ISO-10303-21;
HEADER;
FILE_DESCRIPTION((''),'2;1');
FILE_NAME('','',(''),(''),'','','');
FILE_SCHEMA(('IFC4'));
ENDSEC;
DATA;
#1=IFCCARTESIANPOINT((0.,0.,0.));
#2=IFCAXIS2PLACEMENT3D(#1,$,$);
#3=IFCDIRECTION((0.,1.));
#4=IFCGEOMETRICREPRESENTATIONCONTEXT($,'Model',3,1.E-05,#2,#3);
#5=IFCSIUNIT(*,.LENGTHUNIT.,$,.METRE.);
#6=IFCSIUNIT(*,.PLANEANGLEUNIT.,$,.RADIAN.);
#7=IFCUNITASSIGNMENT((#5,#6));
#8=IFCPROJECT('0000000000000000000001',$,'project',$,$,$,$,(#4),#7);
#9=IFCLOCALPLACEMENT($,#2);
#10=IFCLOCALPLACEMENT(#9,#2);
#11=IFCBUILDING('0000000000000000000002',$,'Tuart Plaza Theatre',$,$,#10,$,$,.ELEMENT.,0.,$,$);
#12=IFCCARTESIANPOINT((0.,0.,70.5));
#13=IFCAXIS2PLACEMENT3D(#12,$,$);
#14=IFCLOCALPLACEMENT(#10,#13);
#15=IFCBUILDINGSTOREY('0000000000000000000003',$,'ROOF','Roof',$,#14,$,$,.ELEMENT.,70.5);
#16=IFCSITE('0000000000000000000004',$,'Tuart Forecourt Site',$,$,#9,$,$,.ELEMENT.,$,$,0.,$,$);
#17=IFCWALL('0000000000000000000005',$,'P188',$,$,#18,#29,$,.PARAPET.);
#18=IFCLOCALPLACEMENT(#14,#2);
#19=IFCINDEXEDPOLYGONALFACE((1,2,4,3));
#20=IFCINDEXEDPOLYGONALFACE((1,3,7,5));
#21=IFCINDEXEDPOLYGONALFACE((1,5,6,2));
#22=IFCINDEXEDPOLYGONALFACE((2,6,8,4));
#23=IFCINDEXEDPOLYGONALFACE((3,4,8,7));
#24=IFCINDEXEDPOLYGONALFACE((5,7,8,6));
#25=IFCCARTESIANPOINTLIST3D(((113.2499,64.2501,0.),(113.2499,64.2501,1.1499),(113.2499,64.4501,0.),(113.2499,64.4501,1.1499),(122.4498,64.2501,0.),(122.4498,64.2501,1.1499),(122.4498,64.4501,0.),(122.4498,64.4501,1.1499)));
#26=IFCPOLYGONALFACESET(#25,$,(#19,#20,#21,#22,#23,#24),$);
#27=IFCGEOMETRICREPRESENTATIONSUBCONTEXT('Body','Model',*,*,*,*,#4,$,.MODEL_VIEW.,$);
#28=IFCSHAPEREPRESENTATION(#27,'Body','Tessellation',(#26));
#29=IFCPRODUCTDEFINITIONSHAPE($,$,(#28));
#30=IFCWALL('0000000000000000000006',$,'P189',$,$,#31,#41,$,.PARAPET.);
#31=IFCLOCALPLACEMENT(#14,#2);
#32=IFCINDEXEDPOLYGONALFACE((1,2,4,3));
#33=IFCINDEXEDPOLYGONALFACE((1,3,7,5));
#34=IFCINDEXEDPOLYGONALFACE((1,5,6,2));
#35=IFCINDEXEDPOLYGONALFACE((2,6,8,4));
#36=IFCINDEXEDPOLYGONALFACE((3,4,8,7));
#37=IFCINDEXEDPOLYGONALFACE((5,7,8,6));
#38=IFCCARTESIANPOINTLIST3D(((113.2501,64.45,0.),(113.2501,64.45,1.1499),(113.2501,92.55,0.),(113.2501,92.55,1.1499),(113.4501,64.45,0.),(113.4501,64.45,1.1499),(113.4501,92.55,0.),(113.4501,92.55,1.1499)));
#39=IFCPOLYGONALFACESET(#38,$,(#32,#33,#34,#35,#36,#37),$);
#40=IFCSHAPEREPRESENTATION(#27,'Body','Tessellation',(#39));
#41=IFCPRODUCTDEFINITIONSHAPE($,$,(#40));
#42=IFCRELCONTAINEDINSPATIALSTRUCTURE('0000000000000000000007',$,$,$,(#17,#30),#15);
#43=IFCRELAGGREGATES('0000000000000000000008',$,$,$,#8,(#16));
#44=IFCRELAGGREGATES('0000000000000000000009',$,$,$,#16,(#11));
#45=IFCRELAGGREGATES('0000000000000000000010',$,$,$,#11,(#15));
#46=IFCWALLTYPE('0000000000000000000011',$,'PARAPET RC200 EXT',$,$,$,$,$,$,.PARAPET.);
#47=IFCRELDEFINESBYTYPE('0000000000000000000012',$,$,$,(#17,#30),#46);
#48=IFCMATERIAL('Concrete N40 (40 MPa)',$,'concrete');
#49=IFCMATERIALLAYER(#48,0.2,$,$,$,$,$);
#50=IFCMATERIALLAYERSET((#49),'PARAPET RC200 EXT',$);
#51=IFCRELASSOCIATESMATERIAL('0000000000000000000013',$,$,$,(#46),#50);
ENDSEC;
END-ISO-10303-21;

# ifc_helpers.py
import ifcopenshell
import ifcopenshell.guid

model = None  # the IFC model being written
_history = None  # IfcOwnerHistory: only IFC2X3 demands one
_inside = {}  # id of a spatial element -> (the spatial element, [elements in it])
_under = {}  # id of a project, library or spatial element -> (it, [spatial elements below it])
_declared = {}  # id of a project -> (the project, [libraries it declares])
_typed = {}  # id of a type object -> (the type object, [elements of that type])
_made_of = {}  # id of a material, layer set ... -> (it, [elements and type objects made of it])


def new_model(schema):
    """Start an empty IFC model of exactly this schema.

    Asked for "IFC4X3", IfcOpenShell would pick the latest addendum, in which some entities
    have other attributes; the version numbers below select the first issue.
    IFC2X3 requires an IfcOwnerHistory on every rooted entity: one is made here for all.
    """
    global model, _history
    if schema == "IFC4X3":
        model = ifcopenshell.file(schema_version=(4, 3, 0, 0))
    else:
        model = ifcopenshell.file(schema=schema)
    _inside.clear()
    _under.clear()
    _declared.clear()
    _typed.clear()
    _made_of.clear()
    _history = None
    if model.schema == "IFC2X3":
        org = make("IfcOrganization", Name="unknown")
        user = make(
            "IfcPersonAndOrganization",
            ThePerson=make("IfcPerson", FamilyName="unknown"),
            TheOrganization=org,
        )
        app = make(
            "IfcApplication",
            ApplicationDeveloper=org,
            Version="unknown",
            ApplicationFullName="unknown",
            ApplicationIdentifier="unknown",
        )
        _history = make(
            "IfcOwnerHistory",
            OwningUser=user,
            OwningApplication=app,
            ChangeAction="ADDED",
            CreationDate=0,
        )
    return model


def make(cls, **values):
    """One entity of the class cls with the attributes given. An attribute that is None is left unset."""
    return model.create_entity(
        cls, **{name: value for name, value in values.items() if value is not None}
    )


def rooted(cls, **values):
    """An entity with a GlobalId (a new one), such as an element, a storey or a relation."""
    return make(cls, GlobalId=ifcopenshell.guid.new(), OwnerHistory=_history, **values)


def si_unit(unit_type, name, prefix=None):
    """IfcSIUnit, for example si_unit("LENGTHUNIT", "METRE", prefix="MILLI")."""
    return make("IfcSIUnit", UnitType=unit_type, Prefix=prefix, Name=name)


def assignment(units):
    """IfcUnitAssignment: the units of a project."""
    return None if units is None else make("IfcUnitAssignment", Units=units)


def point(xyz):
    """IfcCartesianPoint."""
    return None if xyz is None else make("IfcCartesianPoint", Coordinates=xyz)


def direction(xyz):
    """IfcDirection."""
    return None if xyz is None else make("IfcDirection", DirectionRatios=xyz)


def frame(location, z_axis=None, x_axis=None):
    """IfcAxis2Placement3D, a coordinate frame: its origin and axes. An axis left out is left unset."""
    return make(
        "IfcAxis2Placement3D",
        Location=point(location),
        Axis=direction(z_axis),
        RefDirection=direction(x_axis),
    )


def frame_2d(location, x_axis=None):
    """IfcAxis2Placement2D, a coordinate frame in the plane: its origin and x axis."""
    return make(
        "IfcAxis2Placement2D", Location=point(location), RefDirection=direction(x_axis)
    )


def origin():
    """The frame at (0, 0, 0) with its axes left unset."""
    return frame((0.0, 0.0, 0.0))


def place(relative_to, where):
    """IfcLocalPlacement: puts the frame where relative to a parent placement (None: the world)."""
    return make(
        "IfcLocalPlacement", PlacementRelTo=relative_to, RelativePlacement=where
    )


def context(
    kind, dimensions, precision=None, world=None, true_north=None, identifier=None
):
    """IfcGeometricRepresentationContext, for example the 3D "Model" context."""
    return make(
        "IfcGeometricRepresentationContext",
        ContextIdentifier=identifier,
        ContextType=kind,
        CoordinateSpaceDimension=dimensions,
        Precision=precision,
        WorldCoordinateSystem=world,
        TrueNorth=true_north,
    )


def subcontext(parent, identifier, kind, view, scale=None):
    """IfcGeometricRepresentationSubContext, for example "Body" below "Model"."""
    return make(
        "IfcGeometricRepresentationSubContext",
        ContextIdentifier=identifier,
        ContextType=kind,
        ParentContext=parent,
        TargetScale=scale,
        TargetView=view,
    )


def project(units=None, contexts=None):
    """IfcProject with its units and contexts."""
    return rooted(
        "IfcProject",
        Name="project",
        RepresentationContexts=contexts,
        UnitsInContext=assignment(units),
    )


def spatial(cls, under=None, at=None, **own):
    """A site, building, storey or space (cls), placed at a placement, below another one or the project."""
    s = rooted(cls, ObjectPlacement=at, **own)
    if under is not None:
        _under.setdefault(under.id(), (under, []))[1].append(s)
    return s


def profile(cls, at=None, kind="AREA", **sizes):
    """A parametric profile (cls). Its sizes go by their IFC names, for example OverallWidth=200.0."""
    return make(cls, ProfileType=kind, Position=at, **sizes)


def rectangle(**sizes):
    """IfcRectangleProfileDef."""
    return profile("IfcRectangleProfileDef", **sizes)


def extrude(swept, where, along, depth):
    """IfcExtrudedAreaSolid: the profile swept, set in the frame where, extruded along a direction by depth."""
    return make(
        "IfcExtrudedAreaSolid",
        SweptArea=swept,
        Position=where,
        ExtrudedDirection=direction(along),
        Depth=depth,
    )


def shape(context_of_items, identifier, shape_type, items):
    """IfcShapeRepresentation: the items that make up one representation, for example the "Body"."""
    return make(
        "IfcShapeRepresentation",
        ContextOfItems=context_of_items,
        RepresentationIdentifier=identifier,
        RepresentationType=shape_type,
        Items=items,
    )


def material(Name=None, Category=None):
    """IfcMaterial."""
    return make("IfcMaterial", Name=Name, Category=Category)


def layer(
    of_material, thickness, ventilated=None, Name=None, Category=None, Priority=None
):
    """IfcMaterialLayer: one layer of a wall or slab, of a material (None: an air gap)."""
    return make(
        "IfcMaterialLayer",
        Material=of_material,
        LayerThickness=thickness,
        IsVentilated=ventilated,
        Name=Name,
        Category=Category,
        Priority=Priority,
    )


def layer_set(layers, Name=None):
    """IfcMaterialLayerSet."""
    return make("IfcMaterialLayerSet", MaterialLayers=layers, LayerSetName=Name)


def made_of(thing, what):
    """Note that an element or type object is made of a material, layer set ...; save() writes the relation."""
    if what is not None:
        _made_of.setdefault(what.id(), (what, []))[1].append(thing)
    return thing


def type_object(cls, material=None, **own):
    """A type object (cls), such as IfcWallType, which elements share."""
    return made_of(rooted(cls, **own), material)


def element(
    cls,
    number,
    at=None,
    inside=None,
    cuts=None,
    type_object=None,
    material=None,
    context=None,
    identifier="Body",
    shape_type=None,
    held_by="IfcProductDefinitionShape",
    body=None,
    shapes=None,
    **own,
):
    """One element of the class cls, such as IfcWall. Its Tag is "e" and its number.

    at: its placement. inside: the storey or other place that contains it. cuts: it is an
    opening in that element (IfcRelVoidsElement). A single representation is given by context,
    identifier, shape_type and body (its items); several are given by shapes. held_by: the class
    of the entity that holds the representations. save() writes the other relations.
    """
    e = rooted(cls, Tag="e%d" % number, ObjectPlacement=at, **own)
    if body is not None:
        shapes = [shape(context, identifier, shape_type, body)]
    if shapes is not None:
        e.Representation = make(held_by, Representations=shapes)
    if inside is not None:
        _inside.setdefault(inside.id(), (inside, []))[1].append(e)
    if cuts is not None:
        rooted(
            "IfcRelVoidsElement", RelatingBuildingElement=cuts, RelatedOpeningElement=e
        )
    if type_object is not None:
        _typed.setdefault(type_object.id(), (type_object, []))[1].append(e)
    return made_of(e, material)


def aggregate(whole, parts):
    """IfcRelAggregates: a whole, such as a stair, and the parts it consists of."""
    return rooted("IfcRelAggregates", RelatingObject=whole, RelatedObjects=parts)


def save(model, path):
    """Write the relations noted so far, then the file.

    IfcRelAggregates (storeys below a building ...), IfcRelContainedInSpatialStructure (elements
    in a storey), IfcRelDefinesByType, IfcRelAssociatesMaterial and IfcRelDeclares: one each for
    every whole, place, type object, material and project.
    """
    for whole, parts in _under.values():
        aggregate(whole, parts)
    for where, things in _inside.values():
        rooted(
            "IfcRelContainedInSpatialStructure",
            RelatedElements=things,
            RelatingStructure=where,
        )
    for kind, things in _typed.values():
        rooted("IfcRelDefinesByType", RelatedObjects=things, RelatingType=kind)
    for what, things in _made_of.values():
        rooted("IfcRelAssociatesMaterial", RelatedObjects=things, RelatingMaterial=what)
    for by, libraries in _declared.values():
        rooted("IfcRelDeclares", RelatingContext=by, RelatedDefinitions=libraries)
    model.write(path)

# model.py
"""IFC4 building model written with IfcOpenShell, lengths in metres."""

from ifc_helpers import new_model, si_unit, direction, frame, frame_2d, origin, place, context, subcontext, project, spatial, rectangle, extrude, material, layer, layer_set, type_object, element, save


model = new_model("IFC4")

# Units and contexts
model_context = context("Model", 3, precision=1e-05, world=origin(), true_north=direction((0.0, 1.0)))
body_context = subcontext(model_context, "Body", "Model", "MODEL_VIEW")
ifc_project = project(units=[si_unit("LENGTHUNIT", "METRE"), si_unit("PLANEANGLEUNIT", "RADIAN")], contexts=[model_context])

# Site, building, storey
site_placement = place(None, origin())
site = spatial("IfcSite", under=ifc_project, at=site_placement, Name="Tuart Forecourt Site", CompositionType="ELEMENT", RefElevation=0.0)
building_placement = place(site_placement, origin())
building = spatial("IfcBuilding", under=site, at=building_placement, Name="Tuart Plaza Theatre", CompositionType="ELEMENT", ElevationOfRefHeight=0.0)
storey_placement = place(building_placement, frame((0.0, 0.0, 70.5)))
storey = spatial("IfcBuildingStorey", under=building, at=storey_placement, Name="ROOF", Description="Roof", CompositionType="ELEMENT", Elevation=70.5)

# Walls
ifc_material_1 = material(Name="Concrete N40 (40 MPa)", Category="concrete")
ifc_layer_1 = layer(ifc_material_1, 0.2)
ifc_layer_set_1 = layer_set([ifc_layer_1], Name="PARAPET RC200 EXT")
wall_type = type_object("IfcWallType", Name="PARAPET RC200 EXT", PredefinedType="PARAPET", material=ifc_layer_set_1)
wall_1_placement = place(storey_placement, frame((122.45, 64.3501, 0.0), z_axis=(0.0, 0.0, 1.0), x_axis=(-1.0, 0.0, 0.0)))
element("IfcWall", 1, at=wall_1_placement, inside=storey, type_object=wall_type, Name="P188", PredefinedType="PARAPET", context=body_context, shape_type="SweptSolid", body=[
    extrude(rectangle(XDim=9.2, YDim=0.2, at=frame_2d((4.6001, 0.0))), origin(), (0.0, 0.0, 1.0), 1.1499),
])
wall_2_placement = place(storey_placement, frame((113.3501, 64.45, 0.0), z_axis=(0.0, 0.0, 1.0), x_axis=(0.0, 1.0, 0.0)))
element("IfcWall", 2, at=wall_2_placement, inside=storey, type_object=wall_type, Name="P189", PredefinedType="PARAPET", context=body_context, shape_type="SweptSolid", body=[
    extrude(rectangle(XDim=28.1001, YDim=0.2, at=frame_2d((14.05, 0.0))), origin(), (0.0, 0.0, 1.0), 1.1499),
])

save(model, "model.ifc")
